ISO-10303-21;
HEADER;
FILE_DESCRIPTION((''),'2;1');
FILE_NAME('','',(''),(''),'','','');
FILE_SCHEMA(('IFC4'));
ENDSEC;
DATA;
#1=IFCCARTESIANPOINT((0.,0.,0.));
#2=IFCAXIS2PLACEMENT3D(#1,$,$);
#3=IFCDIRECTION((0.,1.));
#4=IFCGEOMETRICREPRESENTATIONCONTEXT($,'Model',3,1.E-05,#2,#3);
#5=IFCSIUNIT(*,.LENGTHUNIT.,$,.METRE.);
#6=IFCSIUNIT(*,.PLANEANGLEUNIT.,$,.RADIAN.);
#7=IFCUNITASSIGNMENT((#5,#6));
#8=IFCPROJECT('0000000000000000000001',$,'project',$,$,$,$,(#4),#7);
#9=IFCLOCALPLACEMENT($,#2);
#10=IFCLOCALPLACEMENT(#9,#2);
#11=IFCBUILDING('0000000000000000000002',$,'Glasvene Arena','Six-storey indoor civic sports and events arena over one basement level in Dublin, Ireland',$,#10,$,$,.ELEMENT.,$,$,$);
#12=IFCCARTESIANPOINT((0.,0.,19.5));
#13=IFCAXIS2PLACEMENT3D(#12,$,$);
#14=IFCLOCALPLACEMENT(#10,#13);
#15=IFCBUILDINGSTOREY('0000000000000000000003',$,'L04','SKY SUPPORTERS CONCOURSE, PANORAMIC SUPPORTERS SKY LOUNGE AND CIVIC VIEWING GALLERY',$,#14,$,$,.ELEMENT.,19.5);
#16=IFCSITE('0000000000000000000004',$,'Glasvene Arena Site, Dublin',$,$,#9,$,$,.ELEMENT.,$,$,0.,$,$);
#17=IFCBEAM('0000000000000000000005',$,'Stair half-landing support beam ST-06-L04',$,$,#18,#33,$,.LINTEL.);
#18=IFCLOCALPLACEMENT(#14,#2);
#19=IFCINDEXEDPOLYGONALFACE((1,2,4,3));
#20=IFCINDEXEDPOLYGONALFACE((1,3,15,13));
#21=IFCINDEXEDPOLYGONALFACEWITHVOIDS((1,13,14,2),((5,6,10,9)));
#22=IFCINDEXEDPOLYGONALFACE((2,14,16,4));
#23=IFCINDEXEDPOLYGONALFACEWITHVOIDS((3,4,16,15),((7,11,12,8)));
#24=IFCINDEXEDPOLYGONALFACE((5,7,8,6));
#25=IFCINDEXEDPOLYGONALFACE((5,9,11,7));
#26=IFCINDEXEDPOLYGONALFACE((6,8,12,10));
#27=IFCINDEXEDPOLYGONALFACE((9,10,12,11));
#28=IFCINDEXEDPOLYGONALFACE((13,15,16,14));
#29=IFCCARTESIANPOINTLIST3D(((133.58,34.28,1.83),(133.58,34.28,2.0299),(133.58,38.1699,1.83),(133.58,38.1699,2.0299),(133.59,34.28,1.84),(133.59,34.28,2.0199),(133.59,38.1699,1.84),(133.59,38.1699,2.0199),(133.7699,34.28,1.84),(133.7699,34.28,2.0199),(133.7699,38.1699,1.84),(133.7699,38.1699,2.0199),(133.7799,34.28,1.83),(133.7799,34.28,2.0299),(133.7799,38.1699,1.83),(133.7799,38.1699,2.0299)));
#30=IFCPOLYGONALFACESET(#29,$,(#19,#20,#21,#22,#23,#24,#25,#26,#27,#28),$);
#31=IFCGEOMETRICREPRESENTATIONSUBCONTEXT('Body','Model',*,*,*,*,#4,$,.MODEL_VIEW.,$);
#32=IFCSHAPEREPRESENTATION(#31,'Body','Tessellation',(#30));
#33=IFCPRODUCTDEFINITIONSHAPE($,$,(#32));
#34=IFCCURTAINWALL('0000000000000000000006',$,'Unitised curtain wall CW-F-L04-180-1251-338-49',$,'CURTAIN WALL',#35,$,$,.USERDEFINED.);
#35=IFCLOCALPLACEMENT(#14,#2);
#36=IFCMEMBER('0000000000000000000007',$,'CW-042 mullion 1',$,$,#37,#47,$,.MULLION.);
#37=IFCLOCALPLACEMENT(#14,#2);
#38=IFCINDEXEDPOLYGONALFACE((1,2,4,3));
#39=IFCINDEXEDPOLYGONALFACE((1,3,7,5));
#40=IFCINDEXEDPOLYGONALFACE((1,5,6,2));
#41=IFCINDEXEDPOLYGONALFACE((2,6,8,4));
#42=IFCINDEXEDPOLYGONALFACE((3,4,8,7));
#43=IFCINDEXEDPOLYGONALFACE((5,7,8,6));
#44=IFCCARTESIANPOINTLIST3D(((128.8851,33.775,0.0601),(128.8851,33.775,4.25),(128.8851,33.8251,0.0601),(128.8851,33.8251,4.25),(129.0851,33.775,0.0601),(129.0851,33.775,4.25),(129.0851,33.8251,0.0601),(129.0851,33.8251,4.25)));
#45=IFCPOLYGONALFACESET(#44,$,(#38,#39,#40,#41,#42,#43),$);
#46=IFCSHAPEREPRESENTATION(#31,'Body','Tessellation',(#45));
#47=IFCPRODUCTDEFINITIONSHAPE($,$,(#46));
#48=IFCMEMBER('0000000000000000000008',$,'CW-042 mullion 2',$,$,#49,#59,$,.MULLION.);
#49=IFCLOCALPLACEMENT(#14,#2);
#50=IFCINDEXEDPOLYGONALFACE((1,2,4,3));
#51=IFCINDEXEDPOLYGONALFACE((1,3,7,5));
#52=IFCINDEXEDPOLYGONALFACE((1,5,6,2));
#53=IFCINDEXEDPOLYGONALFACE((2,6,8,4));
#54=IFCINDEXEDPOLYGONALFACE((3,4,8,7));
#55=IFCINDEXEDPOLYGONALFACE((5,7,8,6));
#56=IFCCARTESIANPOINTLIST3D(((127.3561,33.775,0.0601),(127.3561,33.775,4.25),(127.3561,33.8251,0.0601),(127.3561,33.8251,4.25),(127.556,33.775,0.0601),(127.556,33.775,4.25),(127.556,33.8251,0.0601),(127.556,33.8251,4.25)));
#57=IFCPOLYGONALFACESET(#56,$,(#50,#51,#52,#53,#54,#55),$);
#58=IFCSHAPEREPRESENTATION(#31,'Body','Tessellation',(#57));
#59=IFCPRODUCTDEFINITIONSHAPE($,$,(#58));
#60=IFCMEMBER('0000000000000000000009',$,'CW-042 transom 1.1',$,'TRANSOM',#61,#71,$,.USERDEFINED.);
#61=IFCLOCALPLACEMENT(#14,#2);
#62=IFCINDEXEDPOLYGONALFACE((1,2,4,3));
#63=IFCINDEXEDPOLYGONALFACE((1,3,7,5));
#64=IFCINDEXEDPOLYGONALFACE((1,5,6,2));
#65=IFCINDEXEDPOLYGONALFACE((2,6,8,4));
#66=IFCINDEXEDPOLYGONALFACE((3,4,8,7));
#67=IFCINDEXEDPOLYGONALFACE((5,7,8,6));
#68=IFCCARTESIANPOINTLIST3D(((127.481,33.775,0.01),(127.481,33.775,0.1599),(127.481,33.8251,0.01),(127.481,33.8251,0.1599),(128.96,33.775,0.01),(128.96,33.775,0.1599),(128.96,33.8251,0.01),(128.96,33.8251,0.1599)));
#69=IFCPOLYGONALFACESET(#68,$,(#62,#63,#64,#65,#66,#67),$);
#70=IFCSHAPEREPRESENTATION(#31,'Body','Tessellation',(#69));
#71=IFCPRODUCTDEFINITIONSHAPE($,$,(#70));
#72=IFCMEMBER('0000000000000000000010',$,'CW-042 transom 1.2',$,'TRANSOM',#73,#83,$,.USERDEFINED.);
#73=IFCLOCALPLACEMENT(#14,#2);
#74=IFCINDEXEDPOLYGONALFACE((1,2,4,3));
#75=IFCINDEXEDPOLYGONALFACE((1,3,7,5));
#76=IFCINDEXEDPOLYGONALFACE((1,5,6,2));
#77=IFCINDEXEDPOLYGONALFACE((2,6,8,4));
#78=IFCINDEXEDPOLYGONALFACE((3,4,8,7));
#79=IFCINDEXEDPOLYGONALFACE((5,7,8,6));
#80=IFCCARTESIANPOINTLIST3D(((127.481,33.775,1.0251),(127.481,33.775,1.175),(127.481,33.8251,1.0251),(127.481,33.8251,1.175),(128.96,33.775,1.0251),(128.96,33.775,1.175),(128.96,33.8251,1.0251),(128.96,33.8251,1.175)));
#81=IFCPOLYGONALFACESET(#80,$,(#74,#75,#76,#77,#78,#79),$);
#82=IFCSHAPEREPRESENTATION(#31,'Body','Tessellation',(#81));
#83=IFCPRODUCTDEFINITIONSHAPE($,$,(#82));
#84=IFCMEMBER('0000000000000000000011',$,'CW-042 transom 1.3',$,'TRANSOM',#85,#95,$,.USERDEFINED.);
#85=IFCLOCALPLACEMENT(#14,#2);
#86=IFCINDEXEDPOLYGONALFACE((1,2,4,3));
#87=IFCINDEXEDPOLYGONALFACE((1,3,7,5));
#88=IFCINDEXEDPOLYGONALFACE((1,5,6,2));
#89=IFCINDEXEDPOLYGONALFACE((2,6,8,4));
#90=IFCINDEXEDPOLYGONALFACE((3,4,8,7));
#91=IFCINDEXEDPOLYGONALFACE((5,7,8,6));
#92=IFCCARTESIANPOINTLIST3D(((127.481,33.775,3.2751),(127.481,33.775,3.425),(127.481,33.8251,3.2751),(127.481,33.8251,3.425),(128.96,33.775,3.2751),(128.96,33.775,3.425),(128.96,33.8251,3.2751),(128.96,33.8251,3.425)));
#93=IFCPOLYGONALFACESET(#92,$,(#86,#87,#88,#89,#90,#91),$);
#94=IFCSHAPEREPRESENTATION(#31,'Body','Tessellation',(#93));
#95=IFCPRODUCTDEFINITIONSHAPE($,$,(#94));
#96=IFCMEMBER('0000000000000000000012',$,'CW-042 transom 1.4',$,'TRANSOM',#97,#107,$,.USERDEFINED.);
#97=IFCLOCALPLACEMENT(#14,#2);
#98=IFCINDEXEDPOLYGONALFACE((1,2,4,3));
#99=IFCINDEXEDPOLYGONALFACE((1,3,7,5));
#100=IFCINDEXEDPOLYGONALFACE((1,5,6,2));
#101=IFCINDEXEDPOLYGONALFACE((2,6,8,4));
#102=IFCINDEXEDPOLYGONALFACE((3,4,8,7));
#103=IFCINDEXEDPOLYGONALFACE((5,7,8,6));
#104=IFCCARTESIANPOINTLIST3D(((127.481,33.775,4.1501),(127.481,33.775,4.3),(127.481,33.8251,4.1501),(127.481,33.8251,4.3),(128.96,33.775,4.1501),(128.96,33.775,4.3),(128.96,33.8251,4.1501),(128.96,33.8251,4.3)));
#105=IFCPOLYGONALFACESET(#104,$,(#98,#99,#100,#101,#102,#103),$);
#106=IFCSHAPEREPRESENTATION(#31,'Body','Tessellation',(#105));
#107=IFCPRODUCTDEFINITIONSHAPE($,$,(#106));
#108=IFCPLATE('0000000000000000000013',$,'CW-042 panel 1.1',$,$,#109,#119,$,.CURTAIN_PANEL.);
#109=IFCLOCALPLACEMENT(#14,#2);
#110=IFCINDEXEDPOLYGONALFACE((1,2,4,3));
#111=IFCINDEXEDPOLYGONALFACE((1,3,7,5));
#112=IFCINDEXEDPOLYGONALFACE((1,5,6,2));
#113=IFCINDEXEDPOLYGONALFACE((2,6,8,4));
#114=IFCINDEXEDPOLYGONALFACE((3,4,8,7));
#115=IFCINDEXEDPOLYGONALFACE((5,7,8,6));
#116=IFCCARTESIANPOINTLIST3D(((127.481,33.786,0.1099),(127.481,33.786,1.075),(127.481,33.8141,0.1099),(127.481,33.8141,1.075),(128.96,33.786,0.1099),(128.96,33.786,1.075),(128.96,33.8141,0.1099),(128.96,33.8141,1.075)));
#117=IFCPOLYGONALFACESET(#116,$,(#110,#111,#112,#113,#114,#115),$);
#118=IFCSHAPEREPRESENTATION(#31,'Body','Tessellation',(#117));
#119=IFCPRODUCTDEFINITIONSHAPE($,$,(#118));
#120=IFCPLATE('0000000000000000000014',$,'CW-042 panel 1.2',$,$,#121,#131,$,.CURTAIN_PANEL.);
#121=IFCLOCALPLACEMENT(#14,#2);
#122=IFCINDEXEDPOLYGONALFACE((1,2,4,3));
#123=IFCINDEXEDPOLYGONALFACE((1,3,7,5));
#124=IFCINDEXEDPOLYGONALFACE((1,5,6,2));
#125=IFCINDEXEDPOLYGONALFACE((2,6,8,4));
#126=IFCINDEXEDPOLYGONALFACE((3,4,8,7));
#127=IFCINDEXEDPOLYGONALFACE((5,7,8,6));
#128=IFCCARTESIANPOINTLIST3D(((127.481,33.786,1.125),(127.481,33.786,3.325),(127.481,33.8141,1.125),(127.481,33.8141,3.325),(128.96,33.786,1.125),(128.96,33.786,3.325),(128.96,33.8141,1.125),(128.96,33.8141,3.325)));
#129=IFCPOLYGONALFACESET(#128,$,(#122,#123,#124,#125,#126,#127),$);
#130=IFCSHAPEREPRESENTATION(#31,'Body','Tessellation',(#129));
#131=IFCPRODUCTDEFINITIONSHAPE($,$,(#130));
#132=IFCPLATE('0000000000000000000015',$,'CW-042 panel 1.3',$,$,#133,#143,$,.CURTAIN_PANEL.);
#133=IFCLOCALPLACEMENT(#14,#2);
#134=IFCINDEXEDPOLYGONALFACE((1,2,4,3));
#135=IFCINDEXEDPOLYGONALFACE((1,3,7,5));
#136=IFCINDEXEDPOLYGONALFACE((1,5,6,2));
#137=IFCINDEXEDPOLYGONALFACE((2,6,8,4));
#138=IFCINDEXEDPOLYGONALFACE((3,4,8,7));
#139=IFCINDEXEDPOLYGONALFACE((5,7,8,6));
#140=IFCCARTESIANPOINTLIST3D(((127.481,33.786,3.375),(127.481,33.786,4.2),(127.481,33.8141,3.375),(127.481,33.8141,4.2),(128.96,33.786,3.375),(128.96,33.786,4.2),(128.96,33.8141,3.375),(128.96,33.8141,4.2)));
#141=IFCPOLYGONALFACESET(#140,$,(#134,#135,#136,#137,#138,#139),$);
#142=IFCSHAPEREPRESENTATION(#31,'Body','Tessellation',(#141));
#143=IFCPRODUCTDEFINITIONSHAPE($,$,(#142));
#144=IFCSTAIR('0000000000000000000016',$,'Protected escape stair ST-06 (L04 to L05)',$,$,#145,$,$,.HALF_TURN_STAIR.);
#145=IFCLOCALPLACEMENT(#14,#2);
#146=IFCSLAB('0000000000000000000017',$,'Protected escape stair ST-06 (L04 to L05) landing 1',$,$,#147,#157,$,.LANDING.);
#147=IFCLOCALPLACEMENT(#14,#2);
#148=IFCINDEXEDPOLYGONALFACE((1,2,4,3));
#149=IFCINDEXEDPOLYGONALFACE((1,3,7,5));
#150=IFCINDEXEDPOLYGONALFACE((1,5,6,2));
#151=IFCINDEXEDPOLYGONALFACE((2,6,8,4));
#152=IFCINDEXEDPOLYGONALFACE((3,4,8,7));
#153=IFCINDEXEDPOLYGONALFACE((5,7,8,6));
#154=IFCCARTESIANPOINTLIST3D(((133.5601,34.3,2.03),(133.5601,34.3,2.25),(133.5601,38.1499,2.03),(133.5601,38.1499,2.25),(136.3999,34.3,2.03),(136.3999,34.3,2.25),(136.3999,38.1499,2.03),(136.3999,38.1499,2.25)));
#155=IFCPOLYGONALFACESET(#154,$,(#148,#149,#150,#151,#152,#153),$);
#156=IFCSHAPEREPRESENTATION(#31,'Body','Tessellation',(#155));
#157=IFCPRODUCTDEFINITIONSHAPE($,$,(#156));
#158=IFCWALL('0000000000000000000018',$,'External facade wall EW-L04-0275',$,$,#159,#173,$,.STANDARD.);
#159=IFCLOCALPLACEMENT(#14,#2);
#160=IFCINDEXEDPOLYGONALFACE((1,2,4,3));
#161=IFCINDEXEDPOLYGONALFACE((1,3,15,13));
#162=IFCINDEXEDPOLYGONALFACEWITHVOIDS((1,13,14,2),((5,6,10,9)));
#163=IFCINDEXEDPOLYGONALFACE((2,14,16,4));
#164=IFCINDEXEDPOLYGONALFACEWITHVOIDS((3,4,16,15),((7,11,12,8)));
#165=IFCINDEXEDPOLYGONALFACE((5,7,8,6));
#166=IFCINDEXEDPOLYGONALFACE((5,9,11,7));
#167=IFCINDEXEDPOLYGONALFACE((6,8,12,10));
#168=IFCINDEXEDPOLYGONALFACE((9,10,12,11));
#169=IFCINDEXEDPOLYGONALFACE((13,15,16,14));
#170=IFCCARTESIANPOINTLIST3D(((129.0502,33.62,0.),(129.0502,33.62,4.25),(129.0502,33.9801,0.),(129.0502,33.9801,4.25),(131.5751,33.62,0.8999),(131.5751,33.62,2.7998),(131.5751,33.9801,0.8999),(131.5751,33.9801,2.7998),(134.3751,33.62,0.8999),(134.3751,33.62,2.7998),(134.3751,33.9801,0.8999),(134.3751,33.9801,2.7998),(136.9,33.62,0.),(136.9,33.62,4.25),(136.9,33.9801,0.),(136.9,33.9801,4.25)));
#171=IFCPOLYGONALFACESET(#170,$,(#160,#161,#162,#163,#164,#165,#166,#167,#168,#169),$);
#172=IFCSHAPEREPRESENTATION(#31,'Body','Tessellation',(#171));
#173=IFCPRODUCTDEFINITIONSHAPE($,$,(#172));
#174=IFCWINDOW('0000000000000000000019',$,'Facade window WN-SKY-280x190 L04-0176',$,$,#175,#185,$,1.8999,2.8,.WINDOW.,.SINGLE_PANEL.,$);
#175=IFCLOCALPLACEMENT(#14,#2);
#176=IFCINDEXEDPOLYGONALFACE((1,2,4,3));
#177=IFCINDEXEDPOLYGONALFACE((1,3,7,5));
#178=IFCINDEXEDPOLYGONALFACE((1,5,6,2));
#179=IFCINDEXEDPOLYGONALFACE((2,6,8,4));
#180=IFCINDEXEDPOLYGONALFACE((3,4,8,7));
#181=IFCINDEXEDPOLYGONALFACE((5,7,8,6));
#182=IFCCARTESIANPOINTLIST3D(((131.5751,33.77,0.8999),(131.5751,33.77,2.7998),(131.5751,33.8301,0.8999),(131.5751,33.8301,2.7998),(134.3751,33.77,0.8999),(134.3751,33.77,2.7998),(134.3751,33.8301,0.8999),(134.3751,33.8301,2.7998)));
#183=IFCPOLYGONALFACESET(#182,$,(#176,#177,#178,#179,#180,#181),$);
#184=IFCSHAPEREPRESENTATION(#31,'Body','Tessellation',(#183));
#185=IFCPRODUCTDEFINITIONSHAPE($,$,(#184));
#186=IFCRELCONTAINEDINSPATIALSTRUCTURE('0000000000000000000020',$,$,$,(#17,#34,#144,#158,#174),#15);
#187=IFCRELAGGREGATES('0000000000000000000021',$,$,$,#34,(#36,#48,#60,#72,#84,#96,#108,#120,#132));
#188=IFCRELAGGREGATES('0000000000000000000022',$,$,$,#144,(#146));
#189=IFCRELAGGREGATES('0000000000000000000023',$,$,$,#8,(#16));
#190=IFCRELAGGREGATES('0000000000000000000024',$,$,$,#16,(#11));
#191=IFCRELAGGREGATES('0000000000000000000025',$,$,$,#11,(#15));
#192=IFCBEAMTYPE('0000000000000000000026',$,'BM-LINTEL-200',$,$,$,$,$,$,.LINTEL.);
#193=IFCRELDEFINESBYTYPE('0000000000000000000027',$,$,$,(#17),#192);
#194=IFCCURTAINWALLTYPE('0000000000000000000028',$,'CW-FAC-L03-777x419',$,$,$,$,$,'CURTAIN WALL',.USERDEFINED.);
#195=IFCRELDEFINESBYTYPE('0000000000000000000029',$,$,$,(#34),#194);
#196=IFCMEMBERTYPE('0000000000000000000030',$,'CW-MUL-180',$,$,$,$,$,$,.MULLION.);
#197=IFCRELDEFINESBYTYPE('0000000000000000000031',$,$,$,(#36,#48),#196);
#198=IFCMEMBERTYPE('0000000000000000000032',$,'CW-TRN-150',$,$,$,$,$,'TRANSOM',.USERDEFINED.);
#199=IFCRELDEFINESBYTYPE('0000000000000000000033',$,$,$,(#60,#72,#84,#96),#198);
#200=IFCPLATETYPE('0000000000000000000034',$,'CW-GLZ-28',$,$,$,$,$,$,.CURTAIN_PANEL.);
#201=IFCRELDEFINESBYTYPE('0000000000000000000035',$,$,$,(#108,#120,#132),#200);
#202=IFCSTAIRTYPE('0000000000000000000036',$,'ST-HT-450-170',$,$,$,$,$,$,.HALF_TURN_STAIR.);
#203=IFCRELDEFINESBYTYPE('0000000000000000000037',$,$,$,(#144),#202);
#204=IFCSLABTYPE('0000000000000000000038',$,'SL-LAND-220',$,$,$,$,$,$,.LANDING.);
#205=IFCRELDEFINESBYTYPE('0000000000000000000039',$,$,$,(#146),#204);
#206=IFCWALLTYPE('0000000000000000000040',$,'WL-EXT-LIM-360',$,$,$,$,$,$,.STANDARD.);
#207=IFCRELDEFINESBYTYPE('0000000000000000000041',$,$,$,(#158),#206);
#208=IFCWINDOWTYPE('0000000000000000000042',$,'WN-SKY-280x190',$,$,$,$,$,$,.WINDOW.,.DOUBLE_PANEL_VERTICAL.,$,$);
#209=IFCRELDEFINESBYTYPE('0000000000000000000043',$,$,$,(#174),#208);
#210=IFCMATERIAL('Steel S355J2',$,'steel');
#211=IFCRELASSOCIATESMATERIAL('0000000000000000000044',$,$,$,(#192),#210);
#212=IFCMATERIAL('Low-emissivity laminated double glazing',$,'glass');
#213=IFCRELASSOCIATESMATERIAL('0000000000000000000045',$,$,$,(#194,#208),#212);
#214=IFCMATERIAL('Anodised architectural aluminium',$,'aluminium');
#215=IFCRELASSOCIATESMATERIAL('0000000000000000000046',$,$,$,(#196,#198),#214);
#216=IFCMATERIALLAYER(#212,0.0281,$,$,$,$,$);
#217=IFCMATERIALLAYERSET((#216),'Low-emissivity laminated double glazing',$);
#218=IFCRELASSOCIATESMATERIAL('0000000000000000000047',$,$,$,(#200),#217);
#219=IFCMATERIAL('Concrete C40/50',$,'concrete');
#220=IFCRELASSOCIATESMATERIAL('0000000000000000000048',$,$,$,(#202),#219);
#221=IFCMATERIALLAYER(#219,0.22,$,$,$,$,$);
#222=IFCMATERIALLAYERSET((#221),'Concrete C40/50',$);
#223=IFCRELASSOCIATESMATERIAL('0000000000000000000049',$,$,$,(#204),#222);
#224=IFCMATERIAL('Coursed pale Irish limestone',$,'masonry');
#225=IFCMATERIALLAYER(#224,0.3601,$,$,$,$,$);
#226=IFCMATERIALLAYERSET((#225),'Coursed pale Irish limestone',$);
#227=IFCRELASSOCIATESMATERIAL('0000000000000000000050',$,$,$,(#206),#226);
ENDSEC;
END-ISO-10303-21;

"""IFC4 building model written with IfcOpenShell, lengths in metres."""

from ifc_helpers import new_model, si_unit, direction, frame, frame_2d, origin, origin_2d, place, context, subcontext, project, spatial, polyline, rectangle, hollow_rectangle, outline, extrude, material, layer, layer_set, material_profile, profile_set, type_object, element, fill, aggregate, save


model = new_model("IFC4")

# Units and contexts
model_context = context("Model", 3, precision=1e-05, world=origin(), true_north=direction((0.0, 1.0)))
body_context = subcontext(model_context, "Body", "Model", "MODEL_VIEW")
ifc_project = project(units=[si_unit("LENGTHUNIT", "METRE"), si_unit("PLANEANGLEUNIT", "RADIAN")], contexts=[model_context])

# Site, building, storey
site_placement = place(None, origin())
site = spatial("IfcSite", under=ifc_project, at=site_placement, Name="Glasvene Arena Site, Dublin", CompositionType="ELEMENT", RefElevation=0.0)
building_placement = place(site_placement, origin())
building = spatial("IfcBuilding", under=site, at=building_placement, Name="Glasvene Arena", Description="Six-storey indoor civic sports and events arena over one basement level in Dublin, Ireland", CompositionType="ELEMENT")
storey_placement = place(building_placement, frame((0.0, 0.0, 19.5)))
storey = spatial("IfcBuildingStorey", under=building, at=storey_placement, Name="L04", Description="SKY SUPPORTERS CONCOURSE, PANORAMIC SUPPORTERS SKY LOUNGE AND CIVIC VIEWING GALLERY", CompositionType="ELEMENT", Elevation=19.5)

# Beam
ifc_material_1 = material(Name="Steel S355J2", Category="steel")
ifc_material_profile_1 = material_profile(ifc_material_1, hollow_rectangle(XDim=0.2, YDim=0.2, WallThickness=0.01, at=origin_2d()), Name="SHS 200x200x10.0")
ifc_profile_set_1 = profile_set([ifc_material_profile_1], Name="Steel S355J2")
beam_type = type_object("IfcBeamType", Name="BM-LINTEL-200", PredefinedType="LINTEL", material=ifc_profile_set_1)
beam_placement = place(storey_placement, frame((133.6799, 34.28, 1.9299), z_axis=(0.0, 1.0, 0.0), x_axis=(-1.0, 0.0, 0.0)))
element("IfcBeam", 1, at=beam_placement, inside=storey, type_object=beam_type, Name="Stair half-landing support beam ST-06-L04", PredefinedType="LINTEL", context=body_context, shape_type="SweptSolid", body=[
    extrude(hollow_rectangle(XDim=0.2, YDim=0.2, WallThickness=0.01, at=origin_2d()), origin(), (0.0, 0.0, 1.0), 3.8899),
])

# Curtain wall, members, plates
ifc_material_2 = material(Name="Low-emissivity laminated double glazing", Category="glass")
curtain_wall_type = type_object("IfcCurtainWallType", Name="CW-FAC-L03-777x419", ElementType="CURTAIN WALL", PredefinedType="USERDEFINED", material=ifc_material_2)
curtain_wall_placement = place(storey_placement, frame((129.01, 33.8, 0.0)))
curtain_wall = element("IfcCurtainWall", 2, at=curtain_wall_placement, inside=storey, type_object=curtain_wall_type, Name="Unitised curtain wall CW-F-L04-180-1251-338-49", ObjectType="CURTAIN WALL", PredefinedType="USERDEFINED")
ifc_material_3 = material(Name="Anodised architectural aluminium", Category="aluminium")
ifc_material_profile_2 = material_profile(ifc_material_3, rectangle(XDim=0.05, YDim=0.2, at=origin_2d()), Name="ALU MULLION 50x200")
ifc_profile_set_2 = profile_set([ifc_material_profile_2], Name="Anodised architectural aluminium")
member_type_1 = type_object("IfcMemberType", Name="CW-MUL-180", PredefinedType="MULLION", material=ifc_profile_set_2)
member_1_placement = place(storey_placement, frame((128.9851, 33.8, 0.0601), z_axis=(0.0, 0.0, 1.0), x_axis=(0.0, -1.0, 0.0)))
member_1 = element("IfcMember", 3, at=member_1_placement, type_object=member_type_1, Name="CW-042 mullion 1", PredefinedType="MULLION", context=body_context, shape_type="SweptSolid", body=[
    extrude(rectangle(XDim=0.05, YDim=0.2, at=origin_2d()), origin(), (0.0, 0.0, 1.0), 4.1899),
])
member_2_placement = place(storey_placement, frame((127.4561, 33.8, 0.0601), z_axis=(0.0, 0.0, 1.0), x_axis=(0.0, -1.0, 0.0)))
member_2 = element("IfcMember", 4, at=member_2_placement, type_object=member_type_1, Name="CW-042 mullion 2", PredefinedType="MULLION", context=body_context, shape_type="SweptSolid", body=[
    extrude(rectangle(XDim=0.05, YDim=0.2, at=origin_2d()), origin(), (0.0, 0.0, 1.0), 4.1899),
])
ifc_material_profile_3 = material_profile(ifc_material_3, rectangle(XDim=0.05, YDim=0.1499, at=origin_2d()), Name="ALU TRANSOM 50x150")
ifc_profile_set_3 = profile_set([ifc_material_profile_3], Name="Anodised architectural aluminium")
member_type_2 = type_object("IfcMemberType", Name="CW-TRN-150", ElementType="TRANSOM", PredefinedType="USERDEFINED", material=ifc_profile_set_3)
member_3_placement = place(storey_placement, frame((128.96, 33.8, 0.085), z_axis=(-1.0, 0.0, 0.0), x_axis=(0.0, -1.0, 0.0)))
member_3 = element("IfcMember", 5, at=member_3_placement, type_object=member_type_2, Name="CW-042 transom 1.1", ObjectType="TRANSOM", PredefinedType="USERDEFINED", context=body_context, shape_type="SweptSolid", body=[
    extrude(rectangle(XDim=0.05, YDim=0.1499, at=origin_2d()), origin(), (0.0, 0.0, 1.0), 1.479),
])
member_4_placement = place(storey_placement, frame((128.96, 33.8, 1.1001), z_axis=(-1.0, 0.0, 0.0), x_axis=(0.0, -1.0, 0.0)))
member_4 = element("IfcMember", 6, at=member_4_placement, type_object=member_type_2, Name="CW-042 transom 1.2", ObjectType="TRANSOM", PredefinedType="USERDEFINED", context=body_context, shape_type="SweptSolid", body=[
    extrude(rectangle(XDim=0.05, YDim=0.1499, at=origin_2d()), origin(), (0.0, 0.0, 1.0), 1.479),
])
member_5_placement = place(storey_placement, frame((128.96, 33.8, 3.3501), z_axis=(-1.0, 0.0, 0.0), x_axis=(0.0, -1.0, 0.0)))
member_5 = element("IfcMember", 7, at=member_5_placement, type_object=member_type_2, Name="CW-042 transom 1.3", ObjectType="TRANSOM", PredefinedType="USERDEFINED", context=body_context, shape_type="SweptSolid", body=[
    extrude(rectangle(XDim=0.05, YDim=0.1499, at=origin_2d()), origin(), (0.0, 0.0, 1.0), 1.479),
])
member_6_placement = place(storey_placement, frame((128.96, 33.8, 4.2251), z_axis=(-1.0, 0.0, 0.0), x_axis=(0.0, -1.0, 0.0)))
member_6 = element("IfcMember", 8, at=member_6_placement, type_object=member_type_2, Name="CW-042 transom 1.4", ObjectType="TRANSOM", PredefinedType="USERDEFINED", context=body_context, shape_type="SweptSolid", body=[
    extrude(rectangle(XDim=0.05, YDim=0.1499, at=origin_2d()), origin(), (0.0, 0.0, 1.0), 1.479),
])
ifc_layer_1 = layer(ifc_material_2, 0.0281)
ifc_layer_set_1 = layer_set([ifc_layer_1], Name="Low-emissivity laminated double glazing")
plate_type = type_object("IfcPlateType", Name="CW-GLZ-28", PredefinedType="CURTAIN_PANEL", material=ifc_layer_set_1)
plate_1_placement = place(storey_placement, frame((128.2205, 33.8, 0.1099), z_axis=(0.0, 0.0, 1.0), x_axis=(-1.0, 0.0, 0.0)))
plate_1 = element("IfcPlate", 9, at=plate_1_placement, type_object=plate_type, Name="CW-042 panel 1.1", PredefinedType="CURTAIN_PANEL", context=body_context, shape_type="SweptSolid", body=[
    extrude(rectangle(XDim=1.479, YDim=0.0281, at=origin_2d()), origin(), (0.0, 0.0, 1.0), 0.9651),
])
plate_2_placement = place(storey_placement, frame((128.2205, 33.8, 1.125), z_axis=(0.0, 0.0, 1.0), x_axis=(-1.0, 0.0, 0.0)))
plate_2 = element("IfcPlate", 10, at=plate_2_placement, type_object=plate_type, Name="CW-042 panel 1.2", PredefinedType="CURTAIN_PANEL", context=body_context, shape_type="SweptSolid", body=[
    extrude(rectangle(XDim=1.479, YDim=0.0281, at=origin_2d()), origin(), (0.0, 0.0, 1.0), 2.2),
])
plate_3_placement = place(storey_placement, frame((128.2205, 33.8, 3.375), z_axis=(0.0, 0.0, 1.0), x_axis=(-1.0, 0.0, 0.0)))
plate_3 = element("IfcPlate", 11, at=plate_3_placement, type_object=plate_type, Name="CW-042 panel 1.3", PredefinedType="CURTAIN_PANEL", context=body_context, shape_type="SweptSolid", body=[
    extrude(rectangle(XDim=1.479, YDim=0.0281, at=origin_2d()), origin(), (0.0, 0.0, 1.0), 0.825),
])
aggregate(curtain_wall, [member_1, member_2, member_3, member_4, member_5, member_6, plate_1, plate_2, plate_3])

# Stair, slab
ifc_material_4 = material(Name="Concrete C40/50", Category="concrete")
stair_type = type_object("IfcStairType", Name="ST-HT-450-170", PredefinedType="HALF_TURN_STAIR", material=ifc_material_4)
stair_placement = place(storey_placement, origin())
stair = element("IfcStair", 12, at=stair_placement, inside=storey, type_object=stair_type, Name="Protected escape stair ST-06 (L04 to L05)", PredefinedType="HALF_TURN_STAIR")
ifc_layer_2 = layer(ifc_material_4, 0.22)
ifc_layer_set_2 = layer_set([ifc_layer_2], Name="Concrete C40/50")
slab_type = type_object("IfcSlabType", Name="SL-LAND-220", PredefinedType="LANDING", material=ifc_layer_set_2)
slab_placement = place(storey_placement, frame((134.98, 36.2251, 2.03)))
slab = element("IfcSlab", 13, at=slab_placement, type_object=slab_type, Name="Protected escape stair ST-06 (L04 to L05) landing 1", PredefinedType="LANDING", context=body_context, shape_type="SweptSolid", body=[
    extrude(outline(polyline([(-1.4199, -1.925), (1.4199, -1.925), (1.4199, 1.9248), (-1.4199, 1.9248), (-1.4199, -1.925)])), origin(), (0.0, 0.0, 1.0), 0.22),
])

# Wall, opening, window
ifc_material_5 = material(Name="Coursed pale Irish limestone", Category="masonry")
ifc_layer_3 = layer(ifc_material_5, 0.3601)
ifc_layer_set_3 = layer_set([ifc_layer_3], Name="Coursed pale Irish limestone")
wall_type_1 = type_object("IfcWallType", Name="WL-EXT-LIM-360", PredefinedType="STANDARD", material=ifc_layer_set_3)
wall_1_placement = place(storey_placement, frame((136.8999, 33.8, 0.0), z_axis=(0.0, 0.0, 1.0), x_axis=(-1.0, 0.0, 0.0)))
wall_1 = element("IfcWall", 14, at=wall_1_placement, inside=storey, type_object=wall_type_1, Name="External facade wall EW-L04-0275", PredefinedType="STANDARD", context=body_context, shape_type="SweptSolid", body=[
    extrude(rectangle(XDim=7.8499, YDim=0.3601, at=frame_2d((3.9248, 0.0))), origin(), (0.0, 0.0, 1.0), 4.25),
])
opening_1_placement = place(wall_1_placement, frame((2.5249, 0.0, 0.8999)))
opening_1 = element("IfcOpeningElement", 15, at=opening_1_placement, cuts=wall_1, PredefinedType="OPENING", context=body_context, shape_type="SweptSolid", body=[
    extrude(rectangle(XDim=2.8, YDim=1.8999, at=frame_2d((1.3999, 0.95))), frame((0.0, 0.1899, 0.0), z_axis=(0.0, -1.0, 0.0), x_axis=(1.0, 0.0, 0.0)), (0.0, 0.0, 1.0), 0.3801),
])
window_type = type_object("IfcWindowType", Name="WN-SKY-280x190", PartitioningType="DOUBLE_PANEL_VERTICAL", PredefinedType="WINDOW", material=ifc_material_2)
window_placement = place(opening_1_placement, origin())
window = element("IfcWindow", 16, at=window_placement, inside=storey, type_object=window_type, Name="Facade window WN-SKY-280x190 L04-0176", OverallHeight=1.8999, OverallWidth=2.8, PartitioningType="SINGLE_PANEL", PredefinedType="WINDOW", context=body_context, shape_type="SweptSolid", body=[
    extrude(rectangle(XDim=2.8, YDim=1.8999, at=frame_2d((1.3999, 0.95))), frame((0.0, 0.03, 0.0), z_axis=(0.0, -1.0, 0.0), x_axis=(1.0, 0.0, 0.0)), (0.0, 0.0, 1.0), 0.0601),
])
fill(opening_1, window)

aggregate(stair, [slab])

save(model, "model.ifc")
